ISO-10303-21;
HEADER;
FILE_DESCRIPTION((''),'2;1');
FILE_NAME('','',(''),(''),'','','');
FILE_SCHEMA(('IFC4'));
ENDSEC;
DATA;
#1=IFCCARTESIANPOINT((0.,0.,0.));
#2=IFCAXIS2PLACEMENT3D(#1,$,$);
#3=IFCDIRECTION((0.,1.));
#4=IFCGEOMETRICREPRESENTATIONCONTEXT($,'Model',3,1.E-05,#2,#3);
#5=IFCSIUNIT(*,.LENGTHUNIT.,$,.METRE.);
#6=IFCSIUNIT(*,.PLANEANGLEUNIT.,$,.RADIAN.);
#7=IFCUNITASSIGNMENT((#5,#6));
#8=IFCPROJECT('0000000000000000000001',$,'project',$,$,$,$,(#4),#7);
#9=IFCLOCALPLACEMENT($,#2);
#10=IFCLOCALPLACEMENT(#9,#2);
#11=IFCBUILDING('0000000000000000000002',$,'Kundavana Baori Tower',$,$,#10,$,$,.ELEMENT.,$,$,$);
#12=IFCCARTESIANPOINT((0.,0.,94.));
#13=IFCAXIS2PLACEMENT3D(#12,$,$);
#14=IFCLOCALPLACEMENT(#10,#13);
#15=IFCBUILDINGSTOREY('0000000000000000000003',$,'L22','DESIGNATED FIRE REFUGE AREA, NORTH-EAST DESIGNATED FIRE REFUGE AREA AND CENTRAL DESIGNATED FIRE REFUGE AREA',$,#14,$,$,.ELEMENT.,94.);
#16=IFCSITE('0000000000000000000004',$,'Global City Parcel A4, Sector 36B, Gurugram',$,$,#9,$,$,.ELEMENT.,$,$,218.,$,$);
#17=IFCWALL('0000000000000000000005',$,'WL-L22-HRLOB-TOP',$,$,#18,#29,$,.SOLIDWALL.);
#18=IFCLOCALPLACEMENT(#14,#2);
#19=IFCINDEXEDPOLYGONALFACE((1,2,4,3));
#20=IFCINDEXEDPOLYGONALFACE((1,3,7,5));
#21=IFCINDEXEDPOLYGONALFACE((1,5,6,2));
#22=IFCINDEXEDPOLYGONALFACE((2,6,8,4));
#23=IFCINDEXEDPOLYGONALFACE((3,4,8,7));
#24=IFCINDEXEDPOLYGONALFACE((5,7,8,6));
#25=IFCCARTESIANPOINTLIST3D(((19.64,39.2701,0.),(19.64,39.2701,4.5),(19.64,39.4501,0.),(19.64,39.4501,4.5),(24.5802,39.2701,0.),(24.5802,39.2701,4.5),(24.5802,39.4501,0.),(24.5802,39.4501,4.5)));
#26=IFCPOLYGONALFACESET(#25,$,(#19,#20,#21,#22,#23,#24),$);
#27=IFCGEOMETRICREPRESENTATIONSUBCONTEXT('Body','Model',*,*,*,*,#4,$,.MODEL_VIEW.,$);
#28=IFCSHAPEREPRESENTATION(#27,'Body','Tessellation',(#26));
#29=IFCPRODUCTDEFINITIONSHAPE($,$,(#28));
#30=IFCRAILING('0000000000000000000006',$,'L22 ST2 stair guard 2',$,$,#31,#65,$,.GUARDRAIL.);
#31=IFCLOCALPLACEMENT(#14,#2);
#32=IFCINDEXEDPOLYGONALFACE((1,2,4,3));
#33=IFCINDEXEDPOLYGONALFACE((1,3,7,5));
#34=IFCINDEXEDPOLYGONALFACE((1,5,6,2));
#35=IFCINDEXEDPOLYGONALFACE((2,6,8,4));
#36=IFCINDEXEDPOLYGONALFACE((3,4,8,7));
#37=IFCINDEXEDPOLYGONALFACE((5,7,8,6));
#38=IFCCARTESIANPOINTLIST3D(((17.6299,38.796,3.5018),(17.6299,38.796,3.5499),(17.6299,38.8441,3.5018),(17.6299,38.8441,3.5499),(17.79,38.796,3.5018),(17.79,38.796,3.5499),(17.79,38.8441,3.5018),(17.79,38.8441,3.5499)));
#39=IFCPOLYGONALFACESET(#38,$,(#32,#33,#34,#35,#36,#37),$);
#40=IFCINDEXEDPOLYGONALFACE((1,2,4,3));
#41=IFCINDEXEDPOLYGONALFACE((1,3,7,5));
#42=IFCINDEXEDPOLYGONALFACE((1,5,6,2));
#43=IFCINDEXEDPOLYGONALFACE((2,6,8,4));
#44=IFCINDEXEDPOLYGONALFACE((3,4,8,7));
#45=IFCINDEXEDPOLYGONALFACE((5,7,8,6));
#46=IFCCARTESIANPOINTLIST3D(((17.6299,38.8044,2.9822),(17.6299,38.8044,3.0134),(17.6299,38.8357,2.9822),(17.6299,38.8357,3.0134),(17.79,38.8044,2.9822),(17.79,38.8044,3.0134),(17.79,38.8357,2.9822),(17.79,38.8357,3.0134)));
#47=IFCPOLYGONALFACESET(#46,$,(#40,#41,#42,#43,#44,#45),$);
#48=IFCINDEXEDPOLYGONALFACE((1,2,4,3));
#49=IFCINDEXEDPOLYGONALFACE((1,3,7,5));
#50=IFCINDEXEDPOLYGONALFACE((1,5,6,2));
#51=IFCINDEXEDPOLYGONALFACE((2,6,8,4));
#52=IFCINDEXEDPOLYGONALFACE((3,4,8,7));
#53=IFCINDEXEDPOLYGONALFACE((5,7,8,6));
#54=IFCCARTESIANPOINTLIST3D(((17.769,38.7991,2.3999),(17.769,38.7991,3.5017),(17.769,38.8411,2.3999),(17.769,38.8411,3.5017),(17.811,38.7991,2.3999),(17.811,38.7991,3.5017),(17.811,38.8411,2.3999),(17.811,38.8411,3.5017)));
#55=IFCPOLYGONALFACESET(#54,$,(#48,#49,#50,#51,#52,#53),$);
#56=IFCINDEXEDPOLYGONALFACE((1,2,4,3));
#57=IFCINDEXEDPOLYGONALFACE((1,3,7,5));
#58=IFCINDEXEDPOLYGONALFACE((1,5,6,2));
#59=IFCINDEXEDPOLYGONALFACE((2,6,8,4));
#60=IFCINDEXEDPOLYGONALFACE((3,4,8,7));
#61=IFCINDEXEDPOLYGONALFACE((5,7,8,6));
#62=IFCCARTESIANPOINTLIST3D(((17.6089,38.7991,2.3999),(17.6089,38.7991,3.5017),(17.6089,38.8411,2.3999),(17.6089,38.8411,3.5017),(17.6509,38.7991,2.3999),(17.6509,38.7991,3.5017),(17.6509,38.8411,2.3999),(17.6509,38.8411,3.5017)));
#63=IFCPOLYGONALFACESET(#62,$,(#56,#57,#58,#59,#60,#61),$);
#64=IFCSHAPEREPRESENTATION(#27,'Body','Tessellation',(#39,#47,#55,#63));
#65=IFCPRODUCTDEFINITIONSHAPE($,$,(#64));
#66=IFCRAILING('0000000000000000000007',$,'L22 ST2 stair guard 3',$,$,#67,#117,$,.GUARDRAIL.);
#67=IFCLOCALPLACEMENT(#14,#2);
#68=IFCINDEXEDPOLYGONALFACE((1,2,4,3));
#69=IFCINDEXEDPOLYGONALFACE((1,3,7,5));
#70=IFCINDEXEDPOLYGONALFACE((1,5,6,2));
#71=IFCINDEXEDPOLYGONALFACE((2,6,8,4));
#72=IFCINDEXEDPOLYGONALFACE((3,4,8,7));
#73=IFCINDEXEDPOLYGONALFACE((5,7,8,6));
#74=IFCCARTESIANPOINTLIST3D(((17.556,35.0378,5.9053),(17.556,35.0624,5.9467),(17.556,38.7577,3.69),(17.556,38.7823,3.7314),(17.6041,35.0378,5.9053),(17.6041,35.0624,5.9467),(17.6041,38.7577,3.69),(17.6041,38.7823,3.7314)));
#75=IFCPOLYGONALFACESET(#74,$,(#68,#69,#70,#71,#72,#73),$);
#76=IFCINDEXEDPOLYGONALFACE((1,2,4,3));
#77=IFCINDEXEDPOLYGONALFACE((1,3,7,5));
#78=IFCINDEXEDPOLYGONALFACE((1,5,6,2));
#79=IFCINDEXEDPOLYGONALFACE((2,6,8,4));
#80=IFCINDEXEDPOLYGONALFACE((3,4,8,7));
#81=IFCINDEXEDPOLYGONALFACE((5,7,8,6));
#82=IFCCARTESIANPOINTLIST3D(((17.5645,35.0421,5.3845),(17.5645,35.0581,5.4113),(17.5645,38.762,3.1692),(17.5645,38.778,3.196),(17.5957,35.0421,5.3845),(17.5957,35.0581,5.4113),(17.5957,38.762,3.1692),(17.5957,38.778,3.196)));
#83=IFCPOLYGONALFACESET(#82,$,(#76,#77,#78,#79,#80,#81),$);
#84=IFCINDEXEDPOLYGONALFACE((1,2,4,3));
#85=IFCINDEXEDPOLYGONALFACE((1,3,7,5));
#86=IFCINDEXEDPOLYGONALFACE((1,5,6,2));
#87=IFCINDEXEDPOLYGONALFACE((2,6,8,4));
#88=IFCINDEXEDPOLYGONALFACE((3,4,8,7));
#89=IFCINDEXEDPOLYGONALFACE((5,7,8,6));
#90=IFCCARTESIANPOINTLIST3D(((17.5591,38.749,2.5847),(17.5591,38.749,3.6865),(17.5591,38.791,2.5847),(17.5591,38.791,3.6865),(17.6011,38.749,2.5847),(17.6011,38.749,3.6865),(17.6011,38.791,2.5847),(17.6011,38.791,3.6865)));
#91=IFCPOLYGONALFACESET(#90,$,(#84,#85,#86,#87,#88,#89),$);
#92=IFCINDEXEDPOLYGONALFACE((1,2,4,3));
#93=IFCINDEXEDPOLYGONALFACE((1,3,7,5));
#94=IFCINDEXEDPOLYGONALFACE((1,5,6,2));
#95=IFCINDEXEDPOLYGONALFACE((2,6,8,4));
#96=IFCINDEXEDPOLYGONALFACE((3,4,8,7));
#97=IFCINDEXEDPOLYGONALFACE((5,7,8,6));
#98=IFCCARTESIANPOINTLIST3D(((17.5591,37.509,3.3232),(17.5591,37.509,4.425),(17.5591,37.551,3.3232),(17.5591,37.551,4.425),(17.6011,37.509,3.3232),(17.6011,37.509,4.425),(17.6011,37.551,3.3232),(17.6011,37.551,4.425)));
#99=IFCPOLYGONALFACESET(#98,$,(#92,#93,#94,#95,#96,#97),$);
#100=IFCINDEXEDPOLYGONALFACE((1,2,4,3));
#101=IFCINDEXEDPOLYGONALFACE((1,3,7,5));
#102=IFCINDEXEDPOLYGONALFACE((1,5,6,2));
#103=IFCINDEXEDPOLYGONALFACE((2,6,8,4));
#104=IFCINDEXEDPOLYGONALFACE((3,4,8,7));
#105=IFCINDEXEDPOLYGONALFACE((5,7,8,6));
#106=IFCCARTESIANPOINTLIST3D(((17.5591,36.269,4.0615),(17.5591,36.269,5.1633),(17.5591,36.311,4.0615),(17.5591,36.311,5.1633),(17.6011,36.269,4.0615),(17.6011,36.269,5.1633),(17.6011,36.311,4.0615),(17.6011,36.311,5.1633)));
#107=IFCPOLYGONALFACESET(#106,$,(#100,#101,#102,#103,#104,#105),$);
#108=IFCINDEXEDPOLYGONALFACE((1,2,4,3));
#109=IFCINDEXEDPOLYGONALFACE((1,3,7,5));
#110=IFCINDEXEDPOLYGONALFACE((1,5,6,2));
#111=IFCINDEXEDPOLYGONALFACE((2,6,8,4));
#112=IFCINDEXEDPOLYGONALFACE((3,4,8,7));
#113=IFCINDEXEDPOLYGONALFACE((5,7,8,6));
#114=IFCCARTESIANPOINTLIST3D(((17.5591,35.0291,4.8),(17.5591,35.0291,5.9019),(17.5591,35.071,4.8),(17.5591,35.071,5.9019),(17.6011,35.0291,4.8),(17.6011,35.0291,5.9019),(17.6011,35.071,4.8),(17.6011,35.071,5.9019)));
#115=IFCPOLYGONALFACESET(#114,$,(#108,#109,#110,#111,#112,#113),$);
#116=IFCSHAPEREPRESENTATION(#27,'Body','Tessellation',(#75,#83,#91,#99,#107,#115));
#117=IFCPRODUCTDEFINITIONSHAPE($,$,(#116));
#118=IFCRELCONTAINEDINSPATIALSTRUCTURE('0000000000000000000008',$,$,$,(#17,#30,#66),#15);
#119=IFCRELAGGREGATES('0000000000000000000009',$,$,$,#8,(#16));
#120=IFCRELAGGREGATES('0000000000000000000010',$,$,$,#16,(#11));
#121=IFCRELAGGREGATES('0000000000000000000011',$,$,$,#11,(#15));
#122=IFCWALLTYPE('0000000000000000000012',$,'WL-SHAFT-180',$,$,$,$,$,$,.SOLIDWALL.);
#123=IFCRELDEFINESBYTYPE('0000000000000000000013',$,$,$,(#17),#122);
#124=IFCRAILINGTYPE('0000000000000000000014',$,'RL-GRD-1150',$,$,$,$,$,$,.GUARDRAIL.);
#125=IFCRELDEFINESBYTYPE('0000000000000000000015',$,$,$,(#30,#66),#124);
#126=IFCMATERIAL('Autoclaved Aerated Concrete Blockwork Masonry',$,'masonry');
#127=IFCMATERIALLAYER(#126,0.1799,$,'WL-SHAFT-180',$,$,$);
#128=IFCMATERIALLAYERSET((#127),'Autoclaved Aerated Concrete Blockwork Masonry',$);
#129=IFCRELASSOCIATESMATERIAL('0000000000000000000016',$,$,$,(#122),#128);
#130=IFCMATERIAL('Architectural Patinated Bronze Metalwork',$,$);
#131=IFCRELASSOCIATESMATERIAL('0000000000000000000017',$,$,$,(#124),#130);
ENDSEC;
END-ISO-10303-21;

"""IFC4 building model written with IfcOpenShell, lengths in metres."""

from ifc_helpers import new_model, si_unit, direction, frame, frame_2d, origin, origin_2d, place, context, subcontext, project, spatial, rectangle, extrude, material, layer, layer_set, type_object, element, save


model = new_model("IFC4")

# Units and contexts
model_context = context("Model", 3, precision=1e-05, world=origin(), true_north=direction((0.0, 1.0)))
body_context = subcontext(model_context, "Body", "Model", "MODEL_VIEW")
ifc_project = project(units=[si_unit("LENGTHUNIT", "METRE"), si_unit("PLANEANGLEUNIT", "RADIAN")], contexts=[model_context])

# Site, building, storey
site_placement = place(None, origin())
site = spatial("IfcSite", under=ifc_project, at=site_placement, Name="Global City Parcel A4, Sector 36B, Gurugram", CompositionType="ELEMENT", RefElevation=218.0)
building_placement = place(site_placement, origin())
building = spatial("IfcBuilding", under=site, at=building_placement, Name="Kundavana Baori Tower", CompositionType="ELEMENT")
storey_placement = place(building_placement, frame((0.0, 0.0, 94.0)))
storey = spatial("IfcBuildingStorey", under=building, at=storey_placement, Name="L22", Description="DESIGNATED FIRE REFUGE AREA, NORTH-EAST DESIGNATED FIRE REFUGE AREA AND CENTRAL DESIGNATED FIRE REFUGE AREA", CompositionType="ELEMENT", Elevation=94.0)

# Wall
ifc_material_1 = material(Name="Autoclaved Aerated Concrete Blockwork Masonry", Category="masonry")
ifc_layer_1 = layer(ifc_material_1, 0.1799, Name="WL-SHAFT-180")
ifc_layer_set_1 = layer_set([ifc_layer_1], Name="Autoclaved Aerated Concrete Blockwork Masonry")
wall_type_1 = type_object("IfcWallType", Name="WL-SHAFT-180", PredefinedType="SOLIDWALL", material=ifc_layer_set_1)
wall_1_placement = place(storey_placement, frame((19.6399, 39.3601, 0.0), z_axis=(0.0, 0.0, 1.0), x_axis=(1.0, 0.0, 0.0)))
element("IfcWall", 1, at=wall_1_placement, inside=storey, type_object=wall_type_1, Name="WL-L22-HRLOB-TOP", PredefinedType="SOLIDWALL", context=body_context, shape_type="SweptSolid", body=[
    extrude(rectangle(XDim=4.9402, YDim=0.1799, at=frame_2d((2.4702, 0.0))), origin(), (0.0, 0.0, 1.0), 4.5),
])

# Railings
ifc_material_2 = material(Name="Architectural Patinated Bronze Metalwork")
railing_type = type_object("IfcRailingType", Name="RL-GRD-1150", PredefinedType="GUARDRAIL", material=ifc_material_2)
railing_1_placement = place(storey_placement, frame((17.79, 38.8201, 2.3999)))
element("IfcRailing", 2, at=railing_1_placement, inside=storey, type_object=railing_type, Name="L22 ST2 stair guard 2", PredefinedType="GUARDRAIL", context=body_context, shape_type="SweptSolid", body=[
    extrude(rectangle(XDim=0.0481, YDim=0.0481, at=origin_2d()), frame((0.0, 0.0, 1.126), z_axis=(-1.0, 0.0, 0.0), x_axis=(0.0, -1.0, 0.0)), (0.0, 0.0, 1.0), 0.1602),
    extrude(rectangle(XDim=0.0312, YDim=0.0312, at=origin_2d()), frame((0.0, 0.0, 0.5979), z_axis=(-1.0, 0.0, 0.0), x_axis=(0.0, -1.0, 0.0)), (0.0, 0.0, 1.0), 0.1602),
    extrude(rectangle(XDim=0.042, YDim=0.042, at=origin_2d()), origin(), (0.0, 0.0, 1.0), 1.1018),
    extrude(rectangle(XDim=0.042, YDim=0.042, at=origin_2d()), frame((-0.1602, 0.0, 0.0)), (0.0, 0.0, 1.0), 1.1018),
])
railing_2_placement = place(storey_placement, frame((17.5801, 38.77, 2.5847)))
element("IfcRailing", 3, at=railing_2_placement, inside=storey, type_object=railing_type, Name="L22 ST2 stair guard 3", PredefinedType="GUARDRAIL", context=body_context, shape_type="SweptSolid", body=[
    extrude(rectangle(XDim=0.0481, YDim=0.0481, at=origin_2d()), frame((0.0, 0.0, 1.126), z_axis=(0.0, -0.859185, 0.511665), x_axis=(1.0, 0.0, 0.0)), (0.0, 0.0, 1.0), 4.3296),
    extrude(rectangle(XDim=0.0312, YDim=0.0312, at=origin_2d()), frame((0.0, 0.0, 0.5979), z_axis=(0.0, -0.859185, 0.511665), x_axis=(1.0, 0.0, 0.0)), (0.0, 0.0, 1.0), 4.3296),
    extrude(rectangle(XDim=0.042, YDim=0.042, at=origin_2d()), origin(), (0.0, 0.0, 1.0), 1.1018),
    extrude(rectangle(XDim=0.042, YDim=0.042, at=origin_2d()), frame((0.0, -1.24, 0.7385)), (0.0, 0.0, 1.0), 1.1018),
    extrude(rectangle(XDim=0.042, YDim=0.042, at=origin_2d()), frame((0.0, -2.48, 1.4768)), (0.0, 0.0, 1.0), 1.1018),
    extrude(rectangle(XDim=0.042, YDim=0.042, at=origin_2d()), frame((0.0, -3.72, 2.2153)), (0.0, 0.0, 1.0), 1.1018),
])

save(model, "model.ifc")
